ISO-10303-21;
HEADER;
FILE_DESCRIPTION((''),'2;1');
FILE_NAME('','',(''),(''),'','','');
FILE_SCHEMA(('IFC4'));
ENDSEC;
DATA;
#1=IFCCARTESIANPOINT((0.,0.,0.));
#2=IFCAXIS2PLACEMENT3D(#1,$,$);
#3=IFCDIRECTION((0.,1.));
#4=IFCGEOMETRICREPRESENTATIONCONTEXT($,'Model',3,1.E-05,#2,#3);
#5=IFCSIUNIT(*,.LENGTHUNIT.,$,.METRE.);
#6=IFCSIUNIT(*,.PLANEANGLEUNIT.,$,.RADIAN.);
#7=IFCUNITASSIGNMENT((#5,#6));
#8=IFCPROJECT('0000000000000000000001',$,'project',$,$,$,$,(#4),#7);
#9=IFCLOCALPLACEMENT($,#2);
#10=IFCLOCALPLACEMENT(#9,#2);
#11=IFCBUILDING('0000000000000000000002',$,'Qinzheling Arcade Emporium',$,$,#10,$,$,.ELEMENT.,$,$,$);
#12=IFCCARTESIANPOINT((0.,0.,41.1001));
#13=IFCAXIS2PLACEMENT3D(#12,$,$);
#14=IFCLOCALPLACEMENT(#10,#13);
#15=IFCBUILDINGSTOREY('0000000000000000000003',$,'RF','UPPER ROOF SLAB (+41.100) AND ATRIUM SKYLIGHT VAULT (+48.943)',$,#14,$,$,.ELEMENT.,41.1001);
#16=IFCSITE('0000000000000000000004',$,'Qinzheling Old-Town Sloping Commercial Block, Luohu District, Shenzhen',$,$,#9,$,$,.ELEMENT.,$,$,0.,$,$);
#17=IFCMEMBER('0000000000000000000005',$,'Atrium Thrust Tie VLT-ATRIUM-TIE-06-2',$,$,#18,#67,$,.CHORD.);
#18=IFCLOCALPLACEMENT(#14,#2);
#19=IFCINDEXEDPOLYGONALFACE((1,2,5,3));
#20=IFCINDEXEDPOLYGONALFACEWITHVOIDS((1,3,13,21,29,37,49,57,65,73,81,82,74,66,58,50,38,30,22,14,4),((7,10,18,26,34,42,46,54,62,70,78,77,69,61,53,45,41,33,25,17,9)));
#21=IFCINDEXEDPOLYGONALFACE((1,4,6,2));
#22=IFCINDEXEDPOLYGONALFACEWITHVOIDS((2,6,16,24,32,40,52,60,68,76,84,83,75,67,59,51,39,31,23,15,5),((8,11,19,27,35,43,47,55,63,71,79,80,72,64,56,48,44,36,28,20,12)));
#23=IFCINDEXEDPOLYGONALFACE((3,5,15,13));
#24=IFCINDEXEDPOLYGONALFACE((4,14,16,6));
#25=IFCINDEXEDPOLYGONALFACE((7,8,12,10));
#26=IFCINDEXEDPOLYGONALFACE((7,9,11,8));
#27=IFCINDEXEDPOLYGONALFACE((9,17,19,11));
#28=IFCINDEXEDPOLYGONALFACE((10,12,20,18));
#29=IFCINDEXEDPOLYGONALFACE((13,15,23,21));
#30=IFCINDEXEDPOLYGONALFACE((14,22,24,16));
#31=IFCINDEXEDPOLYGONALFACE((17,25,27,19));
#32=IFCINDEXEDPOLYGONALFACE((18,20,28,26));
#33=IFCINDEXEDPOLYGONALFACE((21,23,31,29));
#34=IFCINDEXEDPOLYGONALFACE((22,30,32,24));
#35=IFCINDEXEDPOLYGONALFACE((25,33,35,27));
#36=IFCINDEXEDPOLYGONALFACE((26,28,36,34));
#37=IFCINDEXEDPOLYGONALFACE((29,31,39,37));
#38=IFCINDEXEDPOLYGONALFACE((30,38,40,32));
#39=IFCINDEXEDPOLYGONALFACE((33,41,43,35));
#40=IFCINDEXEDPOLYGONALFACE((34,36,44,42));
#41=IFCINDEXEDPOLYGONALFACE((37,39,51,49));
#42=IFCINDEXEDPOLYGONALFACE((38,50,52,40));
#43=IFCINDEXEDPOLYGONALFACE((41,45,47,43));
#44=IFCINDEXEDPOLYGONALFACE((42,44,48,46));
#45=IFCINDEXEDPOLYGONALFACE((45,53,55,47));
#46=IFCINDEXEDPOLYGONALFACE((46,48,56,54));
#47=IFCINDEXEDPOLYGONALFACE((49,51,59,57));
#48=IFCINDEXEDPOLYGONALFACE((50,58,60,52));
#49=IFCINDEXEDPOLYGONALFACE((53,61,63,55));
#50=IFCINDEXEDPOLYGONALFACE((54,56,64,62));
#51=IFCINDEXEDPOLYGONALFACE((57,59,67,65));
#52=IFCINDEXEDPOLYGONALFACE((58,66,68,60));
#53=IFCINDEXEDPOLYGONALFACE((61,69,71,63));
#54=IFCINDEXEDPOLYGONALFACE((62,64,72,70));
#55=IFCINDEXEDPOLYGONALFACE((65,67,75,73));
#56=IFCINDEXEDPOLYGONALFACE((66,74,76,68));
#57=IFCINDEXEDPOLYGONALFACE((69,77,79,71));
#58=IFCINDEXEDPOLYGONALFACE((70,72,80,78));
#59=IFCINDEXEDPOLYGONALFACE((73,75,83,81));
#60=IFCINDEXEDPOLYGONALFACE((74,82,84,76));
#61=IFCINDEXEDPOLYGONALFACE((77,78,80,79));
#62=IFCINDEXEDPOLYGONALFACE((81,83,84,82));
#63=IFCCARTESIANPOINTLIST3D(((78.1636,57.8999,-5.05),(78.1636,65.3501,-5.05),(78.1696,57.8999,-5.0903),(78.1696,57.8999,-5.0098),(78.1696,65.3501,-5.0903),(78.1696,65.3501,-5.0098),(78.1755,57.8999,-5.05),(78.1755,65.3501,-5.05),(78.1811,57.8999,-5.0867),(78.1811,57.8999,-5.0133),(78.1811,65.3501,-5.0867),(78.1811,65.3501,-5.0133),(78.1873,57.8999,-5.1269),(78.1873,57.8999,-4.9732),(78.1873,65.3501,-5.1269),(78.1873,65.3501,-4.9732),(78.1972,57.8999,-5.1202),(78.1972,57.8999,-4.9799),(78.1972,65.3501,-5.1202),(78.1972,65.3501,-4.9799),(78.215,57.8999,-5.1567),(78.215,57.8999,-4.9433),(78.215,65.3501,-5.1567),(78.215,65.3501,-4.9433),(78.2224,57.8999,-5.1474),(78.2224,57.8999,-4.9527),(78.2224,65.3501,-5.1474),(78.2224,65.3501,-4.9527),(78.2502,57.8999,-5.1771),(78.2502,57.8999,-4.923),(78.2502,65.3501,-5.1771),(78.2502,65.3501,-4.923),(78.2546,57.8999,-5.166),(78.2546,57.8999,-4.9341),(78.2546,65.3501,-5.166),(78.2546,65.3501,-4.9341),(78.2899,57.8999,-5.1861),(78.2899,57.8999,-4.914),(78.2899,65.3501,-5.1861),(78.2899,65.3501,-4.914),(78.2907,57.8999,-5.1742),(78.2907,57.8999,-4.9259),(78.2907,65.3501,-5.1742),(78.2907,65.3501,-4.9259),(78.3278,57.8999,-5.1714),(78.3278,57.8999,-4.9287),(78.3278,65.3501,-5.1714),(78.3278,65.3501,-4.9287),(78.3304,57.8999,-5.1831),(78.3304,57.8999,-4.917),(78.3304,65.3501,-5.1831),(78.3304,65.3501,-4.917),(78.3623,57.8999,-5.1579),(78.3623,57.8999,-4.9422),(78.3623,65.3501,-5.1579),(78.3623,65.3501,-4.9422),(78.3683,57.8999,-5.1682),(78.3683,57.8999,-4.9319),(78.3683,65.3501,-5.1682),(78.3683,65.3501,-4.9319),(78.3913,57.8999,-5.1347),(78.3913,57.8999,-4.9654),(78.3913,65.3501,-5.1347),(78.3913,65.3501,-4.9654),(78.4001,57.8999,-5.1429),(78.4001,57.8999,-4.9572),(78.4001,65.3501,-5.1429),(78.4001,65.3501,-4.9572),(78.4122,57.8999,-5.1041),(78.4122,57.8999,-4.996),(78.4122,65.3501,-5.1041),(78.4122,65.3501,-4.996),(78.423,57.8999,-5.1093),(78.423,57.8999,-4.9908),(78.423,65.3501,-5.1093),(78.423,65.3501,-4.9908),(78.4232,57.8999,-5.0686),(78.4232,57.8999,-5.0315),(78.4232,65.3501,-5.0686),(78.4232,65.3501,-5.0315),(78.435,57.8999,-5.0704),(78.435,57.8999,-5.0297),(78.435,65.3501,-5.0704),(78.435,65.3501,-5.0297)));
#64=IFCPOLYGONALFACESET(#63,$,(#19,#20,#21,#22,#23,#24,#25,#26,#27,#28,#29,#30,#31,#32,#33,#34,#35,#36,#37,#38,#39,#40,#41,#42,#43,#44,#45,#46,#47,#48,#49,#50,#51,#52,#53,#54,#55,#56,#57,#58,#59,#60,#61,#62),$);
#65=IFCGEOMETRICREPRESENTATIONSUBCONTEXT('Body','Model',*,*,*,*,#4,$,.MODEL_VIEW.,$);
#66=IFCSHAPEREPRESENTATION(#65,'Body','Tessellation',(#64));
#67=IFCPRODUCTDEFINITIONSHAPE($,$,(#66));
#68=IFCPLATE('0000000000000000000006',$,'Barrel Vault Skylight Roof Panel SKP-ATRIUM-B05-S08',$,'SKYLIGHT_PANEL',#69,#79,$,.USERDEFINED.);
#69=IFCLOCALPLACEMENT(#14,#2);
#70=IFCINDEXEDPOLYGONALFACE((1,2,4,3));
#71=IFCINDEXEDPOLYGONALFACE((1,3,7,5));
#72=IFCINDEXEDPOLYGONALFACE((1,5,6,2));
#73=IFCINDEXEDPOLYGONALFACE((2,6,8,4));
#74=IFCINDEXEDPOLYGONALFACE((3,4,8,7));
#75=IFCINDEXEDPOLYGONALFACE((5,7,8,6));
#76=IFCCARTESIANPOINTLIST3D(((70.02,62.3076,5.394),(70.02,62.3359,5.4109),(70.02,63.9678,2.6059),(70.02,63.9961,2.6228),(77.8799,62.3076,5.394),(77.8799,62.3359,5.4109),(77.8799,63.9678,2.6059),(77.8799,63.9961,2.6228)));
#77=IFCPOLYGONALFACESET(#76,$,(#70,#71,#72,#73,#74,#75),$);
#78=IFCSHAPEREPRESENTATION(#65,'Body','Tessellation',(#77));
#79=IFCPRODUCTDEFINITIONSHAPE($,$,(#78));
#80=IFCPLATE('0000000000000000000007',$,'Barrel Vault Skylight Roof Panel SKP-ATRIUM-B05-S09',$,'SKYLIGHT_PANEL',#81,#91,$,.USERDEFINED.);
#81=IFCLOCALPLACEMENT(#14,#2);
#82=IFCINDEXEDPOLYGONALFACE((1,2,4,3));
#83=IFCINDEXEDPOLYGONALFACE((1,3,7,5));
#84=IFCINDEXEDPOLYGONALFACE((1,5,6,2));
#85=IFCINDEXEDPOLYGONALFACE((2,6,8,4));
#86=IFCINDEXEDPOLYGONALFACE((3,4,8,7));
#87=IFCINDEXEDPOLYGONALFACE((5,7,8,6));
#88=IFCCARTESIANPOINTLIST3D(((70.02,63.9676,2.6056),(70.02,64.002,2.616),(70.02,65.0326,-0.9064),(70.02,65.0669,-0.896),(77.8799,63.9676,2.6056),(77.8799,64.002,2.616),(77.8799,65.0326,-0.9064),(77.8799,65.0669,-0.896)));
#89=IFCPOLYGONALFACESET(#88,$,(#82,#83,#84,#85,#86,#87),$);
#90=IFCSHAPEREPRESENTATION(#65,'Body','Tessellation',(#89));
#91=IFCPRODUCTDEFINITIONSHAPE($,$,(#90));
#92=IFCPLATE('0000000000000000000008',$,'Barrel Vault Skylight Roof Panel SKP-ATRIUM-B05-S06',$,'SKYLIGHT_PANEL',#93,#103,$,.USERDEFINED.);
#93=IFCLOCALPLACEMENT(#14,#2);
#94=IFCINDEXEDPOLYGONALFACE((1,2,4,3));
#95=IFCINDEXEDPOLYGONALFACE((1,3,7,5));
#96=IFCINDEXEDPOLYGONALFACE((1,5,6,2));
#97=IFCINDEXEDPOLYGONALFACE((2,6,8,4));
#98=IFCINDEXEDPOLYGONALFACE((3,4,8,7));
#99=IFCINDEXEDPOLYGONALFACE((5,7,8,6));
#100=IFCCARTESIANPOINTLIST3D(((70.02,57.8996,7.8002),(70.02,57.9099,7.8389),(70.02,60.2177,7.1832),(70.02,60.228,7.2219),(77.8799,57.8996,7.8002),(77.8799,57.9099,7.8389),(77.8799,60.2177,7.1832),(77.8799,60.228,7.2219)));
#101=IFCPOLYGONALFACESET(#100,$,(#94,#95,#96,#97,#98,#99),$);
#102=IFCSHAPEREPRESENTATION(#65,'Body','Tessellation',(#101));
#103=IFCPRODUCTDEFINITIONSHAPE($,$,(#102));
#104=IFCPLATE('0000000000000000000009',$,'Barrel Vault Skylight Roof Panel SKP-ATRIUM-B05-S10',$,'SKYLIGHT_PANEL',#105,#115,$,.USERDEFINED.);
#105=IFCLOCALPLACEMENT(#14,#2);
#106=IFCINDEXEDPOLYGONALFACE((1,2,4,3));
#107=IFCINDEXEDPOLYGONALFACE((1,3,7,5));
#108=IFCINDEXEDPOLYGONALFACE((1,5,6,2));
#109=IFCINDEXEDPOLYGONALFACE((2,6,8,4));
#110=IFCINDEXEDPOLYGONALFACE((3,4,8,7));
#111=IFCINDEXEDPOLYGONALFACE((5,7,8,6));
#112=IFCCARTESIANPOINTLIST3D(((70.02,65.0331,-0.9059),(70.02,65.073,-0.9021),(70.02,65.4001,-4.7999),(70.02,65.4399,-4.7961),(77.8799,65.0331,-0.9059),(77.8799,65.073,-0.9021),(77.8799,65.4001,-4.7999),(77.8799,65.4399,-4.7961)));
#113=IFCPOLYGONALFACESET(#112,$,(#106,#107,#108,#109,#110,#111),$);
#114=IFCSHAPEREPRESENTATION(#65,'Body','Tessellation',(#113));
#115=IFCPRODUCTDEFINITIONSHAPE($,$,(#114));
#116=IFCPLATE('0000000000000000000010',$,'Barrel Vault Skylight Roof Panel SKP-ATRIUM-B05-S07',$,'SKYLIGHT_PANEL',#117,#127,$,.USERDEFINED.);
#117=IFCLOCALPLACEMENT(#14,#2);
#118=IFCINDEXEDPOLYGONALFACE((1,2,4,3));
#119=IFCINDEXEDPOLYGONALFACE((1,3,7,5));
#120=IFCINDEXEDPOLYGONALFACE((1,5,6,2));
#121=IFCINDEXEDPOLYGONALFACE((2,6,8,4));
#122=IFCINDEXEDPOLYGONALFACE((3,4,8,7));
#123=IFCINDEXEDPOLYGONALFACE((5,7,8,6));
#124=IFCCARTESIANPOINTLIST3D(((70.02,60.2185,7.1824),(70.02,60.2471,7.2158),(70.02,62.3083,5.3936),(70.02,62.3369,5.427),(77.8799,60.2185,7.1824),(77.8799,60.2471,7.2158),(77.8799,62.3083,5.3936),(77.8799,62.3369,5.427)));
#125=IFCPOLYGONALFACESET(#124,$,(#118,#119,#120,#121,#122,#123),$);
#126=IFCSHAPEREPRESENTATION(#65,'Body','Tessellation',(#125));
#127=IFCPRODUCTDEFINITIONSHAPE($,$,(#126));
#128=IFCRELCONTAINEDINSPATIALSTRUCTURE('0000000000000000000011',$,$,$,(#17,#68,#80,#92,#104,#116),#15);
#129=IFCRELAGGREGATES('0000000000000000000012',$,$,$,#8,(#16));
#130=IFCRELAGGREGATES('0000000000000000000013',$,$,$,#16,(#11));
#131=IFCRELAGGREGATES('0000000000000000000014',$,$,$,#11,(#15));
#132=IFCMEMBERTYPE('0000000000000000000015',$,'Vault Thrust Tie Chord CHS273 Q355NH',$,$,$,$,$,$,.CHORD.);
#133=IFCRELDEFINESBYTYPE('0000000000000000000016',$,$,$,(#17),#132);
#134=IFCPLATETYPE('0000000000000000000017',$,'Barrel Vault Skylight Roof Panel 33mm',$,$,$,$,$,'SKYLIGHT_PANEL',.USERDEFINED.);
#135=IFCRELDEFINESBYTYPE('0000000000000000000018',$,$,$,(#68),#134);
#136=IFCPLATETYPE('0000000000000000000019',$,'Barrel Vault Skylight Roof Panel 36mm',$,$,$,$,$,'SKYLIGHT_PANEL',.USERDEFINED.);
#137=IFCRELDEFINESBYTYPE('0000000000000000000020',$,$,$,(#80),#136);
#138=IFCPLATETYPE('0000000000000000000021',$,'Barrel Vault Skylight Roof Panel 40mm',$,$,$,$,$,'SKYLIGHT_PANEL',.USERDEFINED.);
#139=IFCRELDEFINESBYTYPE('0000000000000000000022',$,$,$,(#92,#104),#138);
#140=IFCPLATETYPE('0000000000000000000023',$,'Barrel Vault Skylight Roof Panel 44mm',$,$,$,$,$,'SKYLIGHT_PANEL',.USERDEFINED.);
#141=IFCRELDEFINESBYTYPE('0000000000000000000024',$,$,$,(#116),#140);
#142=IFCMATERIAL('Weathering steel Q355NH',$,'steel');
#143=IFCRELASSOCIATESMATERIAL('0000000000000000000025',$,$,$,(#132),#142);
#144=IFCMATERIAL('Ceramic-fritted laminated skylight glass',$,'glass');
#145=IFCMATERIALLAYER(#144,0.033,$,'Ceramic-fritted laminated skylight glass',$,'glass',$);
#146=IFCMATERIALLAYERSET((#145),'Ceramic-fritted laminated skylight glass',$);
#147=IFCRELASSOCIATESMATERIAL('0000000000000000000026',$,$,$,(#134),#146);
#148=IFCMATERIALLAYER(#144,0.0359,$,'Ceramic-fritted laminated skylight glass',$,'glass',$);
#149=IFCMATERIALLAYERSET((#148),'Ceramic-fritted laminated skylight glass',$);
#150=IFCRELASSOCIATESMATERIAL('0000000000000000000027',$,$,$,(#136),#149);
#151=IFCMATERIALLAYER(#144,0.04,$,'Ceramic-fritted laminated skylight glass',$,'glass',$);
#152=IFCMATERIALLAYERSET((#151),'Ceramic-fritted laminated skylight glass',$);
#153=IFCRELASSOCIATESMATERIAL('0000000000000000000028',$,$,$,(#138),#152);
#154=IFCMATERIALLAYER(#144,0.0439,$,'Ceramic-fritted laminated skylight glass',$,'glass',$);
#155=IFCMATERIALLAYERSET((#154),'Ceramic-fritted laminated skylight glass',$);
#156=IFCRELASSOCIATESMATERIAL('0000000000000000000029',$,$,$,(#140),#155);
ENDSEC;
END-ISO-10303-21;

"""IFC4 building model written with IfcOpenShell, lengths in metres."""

from ifc_helpers import new_model, si_unit, direction, frame, origin, origin_2d, place, context, subcontext, project, spatial, polyline, hollow_circle, outline, extrude, material, layer, layer_set, material_profile, profile_set, type_object, element, save


model = new_model("IFC4")

# Units and contexts
model_context = context("Model", 3, precision=1e-05, world=origin(), true_north=direction((0.0, 1.0)))
body_context = subcontext(model_context, "Body", "Model", "MODEL_VIEW")
ifc_project = project(units=[si_unit("LENGTHUNIT", "METRE"), si_unit("PLANEANGLEUNIT", "RADIAN")], contexts=[model_context])

# Site, building, storey
site_placement = place(None, origin())
site = spatial("IfcSite", under=ifc_project, at=site_placement, Name="Qinzheling Old-Town Sloping Commercial Block, Luohu District, Shenzhen", CompositionType="ELEMENT", RefElevation=0.0)
building_placement = place(site_placement, origin())
building = spatial("IfcBuilding", under=site, at=building_placement, Name="Qinzheling Arcade Emporium", CompositionType="ELEMENT")
storey_placement = place(building_placement, frame((0.0, 0.0, 41.1001)))
storey = spatial("IfcBuildingStorey", under=building, at=storey_placement, Name="RF", Description="UPPER ROOF SLAB (+41.100) AND ATRIUM SKYLIGHT VAULT (+48.943)", CompositionType="ELEMENT", Elevation=41.1001)

# Shared definitions
ifc_material_1 = material(Name="Weathering steel Q355NH", Category="steel")

# Member
ifc_material_profile_1 = material_profile(ifc_material_1, hollow_circle(Radius=0.1365, WallThickness=0.012, at=origin_2d()), Name="CHS 273x12", Category="steel")
ifc_profile_set_1 = profile_set([ifc_material_profile_1], Name="Weathering steel Q355NH")
member_type_1 = type_object("IfcMemberType", Name="Vault Thrust Tie Chord CHS273 Q355NH", PredefinedType="CHORD", material=ifc_profile_set_1)
member_1_placement = place(storey_placement, frame((78.3, 57.8999, -5.05), z_axis=(0.0, 1.0, 0.0), x_axis=(-1.0, 0.0, 0.0)))
element("IfcMember", 1, at=member_1_placement, inside=storey, type_object=member_type_1, Name="Atrium Thrust Tie VLT-ATRIUM-TIE-06-2", PredefinedType="CHORD", context=body_context, shape_type="SweptSolid", body=[
    extrude(hollow_circle(Radius=0.1365, WallThickness=0.012, at=origin_2d()), origin(), (0.0, 0.0, 1.0), 7.4502),
])

# Plates
ifc_material_2 = material(Name="Ceramic-fritted laminated skylight glass", Category="glass")
ifc_layer_1 = layer(ifc_material_2, 0.033, Name="Ceramic-fritted laminated skylight glass", Category="glass")
ifc_layer_set_1 = layer_set([ifc_layer_1], Name="Ceramic-fritted laminated skylight glass")
plate_type_1 = type_object("IfcPlateType", Name="Barrel Vault Skylight Roof Panel 33mm", ElementType="SKYLIGHT_PANEL", PredefinedType="USERDEFINED", material=ifc_layer_set_1)
plate_1_placement = place(storey_placement, frame((70.02, 62.3359, 5.4109), z_axis=(0.0, 0.859214, 0.511616), x_axis=(1.0, 0.0, 0.0)))
element("IfcPlate", 2, at=plate_1_placement, inside=storey, type_object=plate_type_1, Name="Barrel Vault Skylight Roof Panel SKP-ATRIUM-B05-S08", ObjectType="SKYLIGHT_PANEL", PredefinedType="USERDEFINED", context=body_context, shape_type="SweptSolid", body=[
    extrude(outline(polyline([(0.0, 0.0), (7.8599, 0.0), (7.8599, 3.2449), (0.0, 3.2449), (0.0, 0.0)])), origin(), (0.0, 0.0, -1.0), 0.033),
])
ifc_layer_2 = layer(ifc_material_2, 0.0359, Name="Ceramic-fritted laminated skylight glass", Category="glass")
ifc_layer_set_2 = layer_set([ifc_layer_2], Name="Ceramic-fritted laminated skylight glass")
plate_type_2 = type_object("IfcPlateType", Name="Barrel Vault Skylight Roof Panel 36mm", ElementType="SKYLIGHT_PANEL", PredefinedType="USERDEFINED", material=ifc_layer_set_2)
plate_2_placement = place(storey_placement, frame((70.02, 64.002, 2.616), z_axis=(0.0, 0.956971, 0.290185), x_axis=(1.0, 0.0, 0.0)))
element("IfcPlate", 3, at=plate_2_placement, inside=storey, type_object=plate_type_2, Name="Barrel Vault Skylight Roof Panel SKP-ATRIUM-B05-S09", ObjectType="SKYLIGHT_PANEL", PredefinedType="USERDEFINED", context=body_context, shape_type="SweptSolid", body=[
    extrude(outline(polyline([(0.0, 0.0), (7.8599, 0.0), (7.8599, 3.6699), (0.0, 3.6699), (0.0, 0.0)])), origin(), (0.0, 0.0, -1.0), 0.0359),
])
ifc_layer_3 = layer(ifc_material_2, 0.04, Name="Ceramic-fritted laminated skylight glass", Category="glass")
ifc_layer_set_3 = layer_set([ifc_layer_3], Name="Ceramic-fritted laminated skylight glass")
plate_type_3 = type_object("IfcPlateType", Name="Barrel Vault Skylight Roof Panel 40mm", ElementType="SKYLIGHT_PANEL", PredefinedType="USERDEFINED", material=ifc_layer_set_3)
plate_3_placement = place(storey_placement, frame((70.02, 57.9099, 7.8389), z_axis=(0.0, 0.257188, 0.966362), x_axis=(1.0, 0.0, 0.0)))
element("IfcPlate", 4, at=plate_3_placement, inside=storey, type_object=plate_type_3, Name="Barrel Vault Skylight Roof Panel SKP-ATRIUM-B05-S06", ObjectType="SKYLIGHT_PANEL", PredefinedType="USERDEFINED", context=body_context, shape_type="SweptSolid", body=[
    extrude(outline(polyline([(0.0, 0.0), (7.8599, 0.0), (7.8599, 2.3988), (0.0, 2.3988), (0.0, 0.0)])), origin(), (0.0, 0.0, -1.0), 0.04),
])
plate_4_placement = place(storey_placement, frame((70.02, 65.073, -0.9021), z_axis=(0.0, 0.99559, 0.093816), x_axis=(1.0, 0.0, 0.0)))
element("IfcPlate", 5, at=plate_4_placement, inside=storey, type_object=plate_type_3, Name="Barrel Vault Skylight Roof Panel SKP-ATRIUM-B05-S10", ObjectType="SKYLIGHT_PANEL", PredefinedType="USERDEFINED", context=body_context, shape_type="SweptSolid", body=[
    extrude(outline(polyline([(0.0, 0.0), (7.8599, 0.0), (7.8599, 3.9113), (0.0, 3.9113), (0.0, 0.0)])), origin(), (0.0, 0.0, -1.0), 0.04),
])
ifc_layer_4 = layer(ifc_material_2, 0.0439, Name="Ceramic-fritted laminated skylight glass", Category="glass")
ifc_layer_set_4 = layer_set([ifc_layer_4], Name="Ceramic-fritted laminated skylight glass")
plate_type_4 = type_object("IfcPlateType", Name="Barrel Vault Skylight Roof Panel 44mm", ElementType="SKYLIGHT_PANEL", PredefinedType="USERDEFINED", material=ifc_layer_set_4)
plate_5_placement = place(storey_placement, frame((70.02, 60.2471, 7.2158), z_axis=(0.0, 0.650272, 0.759701), x_axis=(1.0, 0.0, 0.0)))
element("IfcPlate", 6, at=plate_5_placement, inside=storey, type_object=plate_type_4, Name="Barrel Vault Skylight Roof Panel SKP-ATRIUM-B05-S07", ObjectType="SKYLIGHT_PANEL", PredefinedType="USERDEFINED", context=body_context, shape_type="SweptSolid", body=[
    extrude(outline(polyline([(0.0, 0.0), (7.8599, 0.0), (7.8599, 2.7509), (0.0, 2.7509), (0.0, 0.0)])), origin(), (0.0, 0.0, -1.0), 0.0439),
])

save(model, "model.ifc")
